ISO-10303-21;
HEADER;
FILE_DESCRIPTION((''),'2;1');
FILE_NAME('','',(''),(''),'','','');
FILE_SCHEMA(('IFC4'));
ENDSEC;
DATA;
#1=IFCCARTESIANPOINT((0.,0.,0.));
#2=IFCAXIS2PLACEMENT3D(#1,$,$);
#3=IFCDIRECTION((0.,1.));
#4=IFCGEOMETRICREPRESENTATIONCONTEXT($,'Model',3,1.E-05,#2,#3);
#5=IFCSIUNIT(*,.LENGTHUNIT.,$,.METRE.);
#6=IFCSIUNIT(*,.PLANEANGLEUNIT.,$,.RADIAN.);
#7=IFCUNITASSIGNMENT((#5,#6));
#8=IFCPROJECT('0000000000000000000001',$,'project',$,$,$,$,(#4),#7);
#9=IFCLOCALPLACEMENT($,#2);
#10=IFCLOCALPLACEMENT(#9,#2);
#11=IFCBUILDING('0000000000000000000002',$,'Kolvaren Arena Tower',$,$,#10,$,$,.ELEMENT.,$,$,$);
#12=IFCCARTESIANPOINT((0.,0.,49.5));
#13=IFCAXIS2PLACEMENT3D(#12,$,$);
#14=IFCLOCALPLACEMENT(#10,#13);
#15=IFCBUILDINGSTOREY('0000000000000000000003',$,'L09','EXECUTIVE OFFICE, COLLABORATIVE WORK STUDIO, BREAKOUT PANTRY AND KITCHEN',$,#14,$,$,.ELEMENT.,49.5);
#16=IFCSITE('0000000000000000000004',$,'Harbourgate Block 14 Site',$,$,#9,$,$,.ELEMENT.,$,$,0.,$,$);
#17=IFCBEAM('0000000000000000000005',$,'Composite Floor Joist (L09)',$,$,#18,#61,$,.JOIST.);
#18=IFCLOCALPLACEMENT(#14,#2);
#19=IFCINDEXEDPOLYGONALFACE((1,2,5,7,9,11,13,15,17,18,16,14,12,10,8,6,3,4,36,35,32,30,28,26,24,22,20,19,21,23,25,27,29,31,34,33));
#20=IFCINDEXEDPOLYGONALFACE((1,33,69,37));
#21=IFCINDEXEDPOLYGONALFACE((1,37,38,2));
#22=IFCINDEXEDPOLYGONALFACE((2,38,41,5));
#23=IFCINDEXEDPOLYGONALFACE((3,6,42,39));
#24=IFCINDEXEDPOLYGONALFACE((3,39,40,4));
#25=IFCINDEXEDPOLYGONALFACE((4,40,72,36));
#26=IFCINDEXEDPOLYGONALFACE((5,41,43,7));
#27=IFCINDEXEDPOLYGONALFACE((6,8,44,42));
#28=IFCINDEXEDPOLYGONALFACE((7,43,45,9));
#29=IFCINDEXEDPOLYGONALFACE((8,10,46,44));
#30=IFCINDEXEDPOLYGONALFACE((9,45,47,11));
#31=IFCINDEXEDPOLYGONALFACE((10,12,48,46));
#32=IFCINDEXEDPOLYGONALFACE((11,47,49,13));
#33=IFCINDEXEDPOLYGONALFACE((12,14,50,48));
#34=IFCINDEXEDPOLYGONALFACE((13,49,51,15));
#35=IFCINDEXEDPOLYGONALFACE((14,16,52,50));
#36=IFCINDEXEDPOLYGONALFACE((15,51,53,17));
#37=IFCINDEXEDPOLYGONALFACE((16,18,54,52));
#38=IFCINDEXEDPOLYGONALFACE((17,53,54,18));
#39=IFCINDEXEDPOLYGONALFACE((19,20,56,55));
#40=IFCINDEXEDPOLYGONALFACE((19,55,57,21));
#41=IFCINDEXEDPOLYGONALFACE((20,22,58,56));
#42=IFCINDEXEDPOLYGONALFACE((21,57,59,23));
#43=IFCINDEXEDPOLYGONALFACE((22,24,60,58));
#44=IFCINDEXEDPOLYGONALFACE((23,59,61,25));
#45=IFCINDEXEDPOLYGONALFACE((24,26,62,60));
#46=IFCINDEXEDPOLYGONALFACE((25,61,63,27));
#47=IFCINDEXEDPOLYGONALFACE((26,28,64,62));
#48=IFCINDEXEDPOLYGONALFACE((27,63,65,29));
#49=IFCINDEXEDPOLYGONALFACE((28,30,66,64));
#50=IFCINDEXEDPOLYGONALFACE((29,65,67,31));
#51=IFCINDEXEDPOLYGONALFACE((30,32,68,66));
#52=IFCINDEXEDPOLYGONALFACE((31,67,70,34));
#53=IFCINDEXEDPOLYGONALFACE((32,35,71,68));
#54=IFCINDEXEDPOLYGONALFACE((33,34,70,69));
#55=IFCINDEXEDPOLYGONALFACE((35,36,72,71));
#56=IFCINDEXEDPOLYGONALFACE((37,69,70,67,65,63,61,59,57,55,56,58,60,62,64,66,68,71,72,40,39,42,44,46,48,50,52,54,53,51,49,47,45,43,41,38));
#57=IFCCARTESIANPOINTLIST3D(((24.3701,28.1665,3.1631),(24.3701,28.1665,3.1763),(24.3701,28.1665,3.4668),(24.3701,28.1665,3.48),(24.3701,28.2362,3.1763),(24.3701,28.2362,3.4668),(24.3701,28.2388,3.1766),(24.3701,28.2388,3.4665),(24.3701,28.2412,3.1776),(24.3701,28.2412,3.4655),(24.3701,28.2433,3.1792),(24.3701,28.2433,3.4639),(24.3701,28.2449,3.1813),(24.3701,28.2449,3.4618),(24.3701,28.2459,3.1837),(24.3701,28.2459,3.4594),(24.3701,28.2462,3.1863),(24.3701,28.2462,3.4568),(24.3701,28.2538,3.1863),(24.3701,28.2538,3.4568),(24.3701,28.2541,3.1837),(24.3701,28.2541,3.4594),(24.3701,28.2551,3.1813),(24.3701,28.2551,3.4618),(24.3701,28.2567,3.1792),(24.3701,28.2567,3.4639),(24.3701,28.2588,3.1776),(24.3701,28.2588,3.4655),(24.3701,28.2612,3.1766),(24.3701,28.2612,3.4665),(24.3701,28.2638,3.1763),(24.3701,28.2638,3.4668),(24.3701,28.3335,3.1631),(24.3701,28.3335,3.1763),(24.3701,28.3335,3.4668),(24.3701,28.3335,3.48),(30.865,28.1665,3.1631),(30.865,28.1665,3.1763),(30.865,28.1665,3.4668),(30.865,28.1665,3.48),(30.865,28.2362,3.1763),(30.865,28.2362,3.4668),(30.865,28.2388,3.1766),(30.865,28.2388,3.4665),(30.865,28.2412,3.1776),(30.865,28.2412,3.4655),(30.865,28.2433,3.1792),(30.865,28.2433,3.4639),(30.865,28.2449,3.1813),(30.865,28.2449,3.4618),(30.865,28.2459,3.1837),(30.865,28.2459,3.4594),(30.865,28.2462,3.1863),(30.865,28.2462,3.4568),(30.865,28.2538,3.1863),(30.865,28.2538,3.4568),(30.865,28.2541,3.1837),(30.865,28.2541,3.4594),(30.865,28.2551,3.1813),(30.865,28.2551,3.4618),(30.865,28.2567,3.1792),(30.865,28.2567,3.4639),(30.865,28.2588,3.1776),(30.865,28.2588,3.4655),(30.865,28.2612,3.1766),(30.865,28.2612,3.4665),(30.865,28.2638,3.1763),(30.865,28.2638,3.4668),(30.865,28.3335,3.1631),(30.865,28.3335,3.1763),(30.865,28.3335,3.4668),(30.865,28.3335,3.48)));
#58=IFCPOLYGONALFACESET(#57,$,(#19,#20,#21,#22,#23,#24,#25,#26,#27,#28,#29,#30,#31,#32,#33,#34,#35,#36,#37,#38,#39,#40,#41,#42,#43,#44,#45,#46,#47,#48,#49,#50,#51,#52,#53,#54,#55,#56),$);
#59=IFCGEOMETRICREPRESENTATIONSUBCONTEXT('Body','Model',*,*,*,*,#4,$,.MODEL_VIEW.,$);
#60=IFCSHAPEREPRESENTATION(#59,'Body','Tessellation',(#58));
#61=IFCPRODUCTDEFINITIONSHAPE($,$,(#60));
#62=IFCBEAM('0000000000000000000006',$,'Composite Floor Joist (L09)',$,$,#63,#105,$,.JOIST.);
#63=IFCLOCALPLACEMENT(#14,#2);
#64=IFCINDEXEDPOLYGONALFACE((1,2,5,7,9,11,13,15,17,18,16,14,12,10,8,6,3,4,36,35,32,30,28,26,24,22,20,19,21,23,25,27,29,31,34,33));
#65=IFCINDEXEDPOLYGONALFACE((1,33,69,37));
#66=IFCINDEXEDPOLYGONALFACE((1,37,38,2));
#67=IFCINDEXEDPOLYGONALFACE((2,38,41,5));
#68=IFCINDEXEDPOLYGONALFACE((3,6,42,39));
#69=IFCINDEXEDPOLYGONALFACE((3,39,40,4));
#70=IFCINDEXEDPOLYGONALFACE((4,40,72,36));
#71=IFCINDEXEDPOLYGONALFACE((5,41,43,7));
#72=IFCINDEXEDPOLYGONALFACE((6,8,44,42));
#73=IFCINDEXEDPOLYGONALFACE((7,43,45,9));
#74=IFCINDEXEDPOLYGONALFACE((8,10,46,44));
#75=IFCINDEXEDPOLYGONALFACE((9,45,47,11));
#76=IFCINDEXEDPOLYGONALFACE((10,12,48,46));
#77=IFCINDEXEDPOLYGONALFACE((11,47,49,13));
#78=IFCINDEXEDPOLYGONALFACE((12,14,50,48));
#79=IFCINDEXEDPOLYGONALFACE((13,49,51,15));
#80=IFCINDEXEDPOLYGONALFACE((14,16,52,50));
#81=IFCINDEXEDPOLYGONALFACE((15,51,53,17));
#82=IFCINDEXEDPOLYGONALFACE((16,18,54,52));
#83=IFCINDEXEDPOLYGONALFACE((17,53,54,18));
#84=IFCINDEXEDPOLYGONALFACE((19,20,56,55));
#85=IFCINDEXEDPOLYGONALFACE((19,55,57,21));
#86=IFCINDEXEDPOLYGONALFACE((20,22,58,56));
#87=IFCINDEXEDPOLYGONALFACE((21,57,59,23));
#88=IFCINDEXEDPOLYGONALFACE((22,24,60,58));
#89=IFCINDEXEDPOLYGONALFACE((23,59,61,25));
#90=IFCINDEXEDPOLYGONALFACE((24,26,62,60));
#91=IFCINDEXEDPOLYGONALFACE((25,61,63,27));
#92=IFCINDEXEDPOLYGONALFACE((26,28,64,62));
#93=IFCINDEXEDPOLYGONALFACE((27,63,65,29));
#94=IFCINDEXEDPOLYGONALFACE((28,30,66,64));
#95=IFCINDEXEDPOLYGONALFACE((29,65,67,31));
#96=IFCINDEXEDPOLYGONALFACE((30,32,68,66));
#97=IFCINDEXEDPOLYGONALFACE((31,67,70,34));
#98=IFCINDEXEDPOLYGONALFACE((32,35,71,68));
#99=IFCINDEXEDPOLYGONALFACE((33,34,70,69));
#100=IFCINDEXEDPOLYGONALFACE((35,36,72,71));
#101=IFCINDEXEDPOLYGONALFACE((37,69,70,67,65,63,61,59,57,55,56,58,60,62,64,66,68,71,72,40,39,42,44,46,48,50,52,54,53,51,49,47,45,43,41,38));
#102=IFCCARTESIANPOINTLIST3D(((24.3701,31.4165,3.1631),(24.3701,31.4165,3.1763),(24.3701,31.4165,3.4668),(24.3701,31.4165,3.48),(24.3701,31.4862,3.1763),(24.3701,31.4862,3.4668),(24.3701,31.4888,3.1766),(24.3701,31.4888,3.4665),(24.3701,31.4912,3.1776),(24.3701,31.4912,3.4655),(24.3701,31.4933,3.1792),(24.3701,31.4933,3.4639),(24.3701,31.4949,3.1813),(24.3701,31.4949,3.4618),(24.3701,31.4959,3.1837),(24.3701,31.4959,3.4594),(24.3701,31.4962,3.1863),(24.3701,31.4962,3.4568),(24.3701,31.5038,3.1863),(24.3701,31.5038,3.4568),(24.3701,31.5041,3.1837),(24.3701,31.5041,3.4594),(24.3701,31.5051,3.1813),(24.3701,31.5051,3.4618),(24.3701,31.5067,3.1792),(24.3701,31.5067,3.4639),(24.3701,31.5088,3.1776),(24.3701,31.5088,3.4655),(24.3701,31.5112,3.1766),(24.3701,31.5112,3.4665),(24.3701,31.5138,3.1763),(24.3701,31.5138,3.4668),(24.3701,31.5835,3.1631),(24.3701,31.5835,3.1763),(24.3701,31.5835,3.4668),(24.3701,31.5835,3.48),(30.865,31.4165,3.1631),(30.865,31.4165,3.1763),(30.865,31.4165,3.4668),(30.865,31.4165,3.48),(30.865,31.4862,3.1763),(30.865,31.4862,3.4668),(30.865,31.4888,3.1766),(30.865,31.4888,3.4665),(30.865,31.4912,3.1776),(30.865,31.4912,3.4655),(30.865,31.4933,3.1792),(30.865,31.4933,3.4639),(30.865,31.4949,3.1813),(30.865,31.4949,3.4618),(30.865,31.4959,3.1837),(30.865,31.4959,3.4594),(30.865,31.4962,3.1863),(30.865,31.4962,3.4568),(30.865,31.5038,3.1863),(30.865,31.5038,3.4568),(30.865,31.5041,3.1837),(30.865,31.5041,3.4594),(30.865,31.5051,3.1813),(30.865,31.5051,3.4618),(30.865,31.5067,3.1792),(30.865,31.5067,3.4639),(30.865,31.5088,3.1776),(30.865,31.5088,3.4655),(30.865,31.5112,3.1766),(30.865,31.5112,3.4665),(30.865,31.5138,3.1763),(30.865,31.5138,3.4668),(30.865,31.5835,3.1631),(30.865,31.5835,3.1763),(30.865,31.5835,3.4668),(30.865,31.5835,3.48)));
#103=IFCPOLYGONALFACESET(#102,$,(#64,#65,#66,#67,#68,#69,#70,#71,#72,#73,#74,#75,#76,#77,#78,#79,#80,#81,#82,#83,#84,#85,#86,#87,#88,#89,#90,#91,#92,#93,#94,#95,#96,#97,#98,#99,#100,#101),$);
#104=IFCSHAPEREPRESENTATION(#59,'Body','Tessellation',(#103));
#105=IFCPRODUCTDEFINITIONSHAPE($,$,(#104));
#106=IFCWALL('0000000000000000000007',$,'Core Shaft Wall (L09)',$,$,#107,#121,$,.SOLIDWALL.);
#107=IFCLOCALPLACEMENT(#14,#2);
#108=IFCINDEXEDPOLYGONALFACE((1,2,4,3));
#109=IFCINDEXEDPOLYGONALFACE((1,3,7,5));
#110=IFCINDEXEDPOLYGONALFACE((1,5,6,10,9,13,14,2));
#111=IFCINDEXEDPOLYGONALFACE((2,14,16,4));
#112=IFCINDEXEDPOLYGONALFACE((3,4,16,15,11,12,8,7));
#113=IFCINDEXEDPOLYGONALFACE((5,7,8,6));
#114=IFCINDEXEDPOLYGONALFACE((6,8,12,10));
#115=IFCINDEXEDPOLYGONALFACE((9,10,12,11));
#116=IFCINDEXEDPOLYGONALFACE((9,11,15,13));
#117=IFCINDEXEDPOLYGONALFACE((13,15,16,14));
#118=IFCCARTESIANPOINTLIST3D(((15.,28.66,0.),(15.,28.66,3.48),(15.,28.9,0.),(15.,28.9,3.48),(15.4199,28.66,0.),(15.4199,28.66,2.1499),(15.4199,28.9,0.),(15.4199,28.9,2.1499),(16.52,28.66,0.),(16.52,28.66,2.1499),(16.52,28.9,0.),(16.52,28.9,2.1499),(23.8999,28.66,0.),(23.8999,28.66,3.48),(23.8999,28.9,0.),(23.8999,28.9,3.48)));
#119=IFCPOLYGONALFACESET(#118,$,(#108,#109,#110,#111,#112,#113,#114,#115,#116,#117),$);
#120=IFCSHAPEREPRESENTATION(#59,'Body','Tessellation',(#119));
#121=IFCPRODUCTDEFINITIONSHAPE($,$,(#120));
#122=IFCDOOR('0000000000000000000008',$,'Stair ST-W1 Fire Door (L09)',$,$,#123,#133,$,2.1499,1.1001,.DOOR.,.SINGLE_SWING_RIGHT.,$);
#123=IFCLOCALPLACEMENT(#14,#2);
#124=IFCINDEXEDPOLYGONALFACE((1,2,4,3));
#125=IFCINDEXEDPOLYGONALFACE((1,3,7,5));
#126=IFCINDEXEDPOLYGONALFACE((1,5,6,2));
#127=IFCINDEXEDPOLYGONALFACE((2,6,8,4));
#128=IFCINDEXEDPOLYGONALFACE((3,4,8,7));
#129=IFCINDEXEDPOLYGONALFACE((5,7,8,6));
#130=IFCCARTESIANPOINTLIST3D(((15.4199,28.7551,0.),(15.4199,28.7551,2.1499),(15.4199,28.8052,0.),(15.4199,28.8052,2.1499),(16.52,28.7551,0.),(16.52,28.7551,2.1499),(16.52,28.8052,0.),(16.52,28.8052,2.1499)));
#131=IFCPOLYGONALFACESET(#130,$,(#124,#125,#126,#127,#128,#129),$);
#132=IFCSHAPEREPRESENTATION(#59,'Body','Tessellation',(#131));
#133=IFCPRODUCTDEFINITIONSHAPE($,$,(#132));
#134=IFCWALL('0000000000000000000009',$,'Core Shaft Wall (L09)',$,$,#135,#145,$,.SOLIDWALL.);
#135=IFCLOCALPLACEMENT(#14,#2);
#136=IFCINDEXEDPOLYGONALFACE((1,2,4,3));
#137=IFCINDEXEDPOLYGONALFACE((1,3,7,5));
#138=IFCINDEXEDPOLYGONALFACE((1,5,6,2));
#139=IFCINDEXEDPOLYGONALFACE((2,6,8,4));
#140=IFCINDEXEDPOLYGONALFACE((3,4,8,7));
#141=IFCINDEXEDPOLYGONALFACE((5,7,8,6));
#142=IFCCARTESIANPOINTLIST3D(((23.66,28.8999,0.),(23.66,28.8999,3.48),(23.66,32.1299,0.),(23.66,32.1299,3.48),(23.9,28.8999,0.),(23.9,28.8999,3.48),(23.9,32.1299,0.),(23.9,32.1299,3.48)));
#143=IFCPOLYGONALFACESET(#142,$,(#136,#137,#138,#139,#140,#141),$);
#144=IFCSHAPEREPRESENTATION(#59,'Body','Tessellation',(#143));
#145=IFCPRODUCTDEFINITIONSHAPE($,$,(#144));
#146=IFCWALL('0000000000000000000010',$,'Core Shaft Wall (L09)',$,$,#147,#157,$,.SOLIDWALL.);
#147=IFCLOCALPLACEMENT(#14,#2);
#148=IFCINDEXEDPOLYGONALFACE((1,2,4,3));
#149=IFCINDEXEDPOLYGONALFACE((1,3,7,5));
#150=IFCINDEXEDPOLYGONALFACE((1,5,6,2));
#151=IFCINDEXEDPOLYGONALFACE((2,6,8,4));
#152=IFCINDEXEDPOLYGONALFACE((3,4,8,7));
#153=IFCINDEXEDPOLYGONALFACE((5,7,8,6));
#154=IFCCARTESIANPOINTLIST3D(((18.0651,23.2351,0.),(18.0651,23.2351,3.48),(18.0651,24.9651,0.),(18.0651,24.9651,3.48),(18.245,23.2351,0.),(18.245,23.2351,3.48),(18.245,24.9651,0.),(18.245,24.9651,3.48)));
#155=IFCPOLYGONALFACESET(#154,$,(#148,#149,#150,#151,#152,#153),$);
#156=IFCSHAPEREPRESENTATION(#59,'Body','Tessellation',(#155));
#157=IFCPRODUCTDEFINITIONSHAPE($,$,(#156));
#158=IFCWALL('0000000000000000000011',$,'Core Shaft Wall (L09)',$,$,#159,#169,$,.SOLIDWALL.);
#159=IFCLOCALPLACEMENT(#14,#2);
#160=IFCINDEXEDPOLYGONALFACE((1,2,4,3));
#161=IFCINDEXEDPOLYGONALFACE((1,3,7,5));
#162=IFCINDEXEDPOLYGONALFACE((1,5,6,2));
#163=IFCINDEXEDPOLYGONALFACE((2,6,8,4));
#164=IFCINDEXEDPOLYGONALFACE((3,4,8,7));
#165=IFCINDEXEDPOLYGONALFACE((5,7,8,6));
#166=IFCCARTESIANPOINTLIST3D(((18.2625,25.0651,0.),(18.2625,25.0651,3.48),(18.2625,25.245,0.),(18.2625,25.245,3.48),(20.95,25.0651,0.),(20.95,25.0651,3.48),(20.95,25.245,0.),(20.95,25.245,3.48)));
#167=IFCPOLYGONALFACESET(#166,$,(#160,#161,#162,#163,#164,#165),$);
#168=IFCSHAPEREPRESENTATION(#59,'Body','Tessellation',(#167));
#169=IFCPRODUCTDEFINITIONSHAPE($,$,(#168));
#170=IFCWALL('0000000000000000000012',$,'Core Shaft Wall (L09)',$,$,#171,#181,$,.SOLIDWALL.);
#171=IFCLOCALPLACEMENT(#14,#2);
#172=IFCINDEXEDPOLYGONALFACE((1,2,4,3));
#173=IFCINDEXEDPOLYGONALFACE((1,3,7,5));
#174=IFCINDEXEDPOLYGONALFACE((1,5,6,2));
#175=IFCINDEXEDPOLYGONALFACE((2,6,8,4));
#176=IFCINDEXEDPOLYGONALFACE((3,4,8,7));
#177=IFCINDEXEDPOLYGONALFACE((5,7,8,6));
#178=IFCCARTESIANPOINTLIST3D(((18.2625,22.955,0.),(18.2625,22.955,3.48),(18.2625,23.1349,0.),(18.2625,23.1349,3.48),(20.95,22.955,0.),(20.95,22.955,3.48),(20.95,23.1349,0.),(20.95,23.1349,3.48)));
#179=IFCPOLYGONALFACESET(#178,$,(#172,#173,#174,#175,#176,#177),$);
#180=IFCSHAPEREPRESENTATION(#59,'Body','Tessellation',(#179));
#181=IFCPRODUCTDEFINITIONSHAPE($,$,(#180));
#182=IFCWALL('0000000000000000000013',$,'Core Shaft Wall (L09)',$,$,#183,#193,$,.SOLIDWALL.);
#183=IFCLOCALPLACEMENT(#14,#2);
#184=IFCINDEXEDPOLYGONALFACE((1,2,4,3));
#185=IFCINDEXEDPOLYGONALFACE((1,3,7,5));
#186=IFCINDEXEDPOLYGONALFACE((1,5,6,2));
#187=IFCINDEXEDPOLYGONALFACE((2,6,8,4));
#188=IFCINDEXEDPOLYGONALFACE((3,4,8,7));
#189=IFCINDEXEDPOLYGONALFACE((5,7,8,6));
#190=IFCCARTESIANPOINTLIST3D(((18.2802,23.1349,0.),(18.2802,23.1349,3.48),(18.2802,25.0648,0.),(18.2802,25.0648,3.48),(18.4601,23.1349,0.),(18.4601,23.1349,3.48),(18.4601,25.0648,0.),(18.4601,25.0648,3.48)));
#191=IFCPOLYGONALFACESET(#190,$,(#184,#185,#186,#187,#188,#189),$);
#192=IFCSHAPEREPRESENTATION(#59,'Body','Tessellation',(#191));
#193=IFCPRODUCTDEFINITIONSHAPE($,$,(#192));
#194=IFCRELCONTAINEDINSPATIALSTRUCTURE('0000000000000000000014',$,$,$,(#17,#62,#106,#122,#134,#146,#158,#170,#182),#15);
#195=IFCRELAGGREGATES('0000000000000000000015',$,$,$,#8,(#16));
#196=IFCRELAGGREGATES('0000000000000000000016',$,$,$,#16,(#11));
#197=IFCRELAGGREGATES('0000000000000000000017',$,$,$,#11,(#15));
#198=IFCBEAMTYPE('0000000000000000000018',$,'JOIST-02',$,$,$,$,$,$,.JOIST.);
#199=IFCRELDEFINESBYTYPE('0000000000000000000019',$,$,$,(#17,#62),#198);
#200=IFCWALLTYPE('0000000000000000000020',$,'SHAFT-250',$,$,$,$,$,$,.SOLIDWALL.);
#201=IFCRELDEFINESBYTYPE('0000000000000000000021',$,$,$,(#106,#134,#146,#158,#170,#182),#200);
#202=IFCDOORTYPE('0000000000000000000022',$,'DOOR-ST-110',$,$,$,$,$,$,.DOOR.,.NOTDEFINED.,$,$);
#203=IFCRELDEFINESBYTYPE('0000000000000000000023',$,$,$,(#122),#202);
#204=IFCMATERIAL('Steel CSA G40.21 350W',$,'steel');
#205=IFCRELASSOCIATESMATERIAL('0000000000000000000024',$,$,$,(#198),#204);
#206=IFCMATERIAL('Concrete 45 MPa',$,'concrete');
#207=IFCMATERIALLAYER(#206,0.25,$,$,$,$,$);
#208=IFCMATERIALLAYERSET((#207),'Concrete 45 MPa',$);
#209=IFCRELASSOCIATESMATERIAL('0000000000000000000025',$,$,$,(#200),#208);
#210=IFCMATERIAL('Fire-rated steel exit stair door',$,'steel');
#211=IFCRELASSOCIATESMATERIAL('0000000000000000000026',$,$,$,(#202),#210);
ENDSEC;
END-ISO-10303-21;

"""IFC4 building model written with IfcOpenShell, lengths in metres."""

from ifc_helpers import new_model, si_unit, direction, frame, frame_2d, origin, origin_2d, place, context, subcontext, project, spatial, rectangle, i_section, extrude, material, layer, layer_set, material_profile, profile_set, type_object, element, fill, save


model = new_model("IFC4")

# Units and contexts
model_context = context("Model", 3, precision=1e-05, world=origin(), true_north=direction((0.0, 1.0)))
body_context = subcontext(model_context, "Body", "Model", "MODEL_VIEW")
ifc_project = project(units=[si_unit("LENGTHUNIT", "METRE"), si_unit("PLANEANGLEUNIT", "RADIAN")], contexts=[model_context])

# Site, building, storey
site_placement = place(None, origin())
site = spatial("IfcSite", under=ifc_project, at=site_placement, Name="Harbourgate Block 14 Site", CompositionType="ELEMENT", RefElevation=0.0)
building_placement = place(site_placement, origin())
building = spatial("IfcBuilding", under=site, at=building_placement, Name="Kolvaren Arena Tower", CompositionType="ELEMENT")
storey_placement = place(building_placement, frame((0.0, 0.0, 49.5)))
storey = spatial("IfcBuildingStorey", under=building, at=storey_placement, Name="L09", Description="EXECUTIVE OFFICE, COLLABORATIVE WORK STUDIO, BREAKOUT PANTRY AND KITCHEN", CompositionType="ELEMENT", Elevation=49.5)

# Beams
ifc_material_1 = material(Name="Steel CSA G40.21 350W", Category="steel")
ifc_material_profile_1 = material_profile(ifc_material_1, i_section(OverallWidth=0.167, OverallDepth=0.3169, WebThickness=0.0076, FlangeThickness=0.0132, FilletRadius=0.01, at=origin_2d()), Name="W310x52")
ifc_profile_set_1 = profile_set([ifc_material_profile_1], Name="Steel CSA G40.21 350W")
beam_type_1 = type_object("IfcBeamType", Name="JOIST-02", PredefinedType="JOIST", material=ifc_profile_set_1)
for number, where, z_axis, x_axis, name in (
    (1, (24.3701, 28.25, 3.3215), (1.0, 0.0, 0.0), (0.0, 1.0, 0.0), "Composite Floor Joist (L09)"),
    (2, (24.3701, 31.5, 3.3215), (1.0, 0.0, 0.0), (0.0, 1.0, 0.0), "Composite Floor Joist (L09)"),
):
    element("IfcBeam", number, at=place(storey_placement, frame(where, z_axis=z_axis, x_axis=x_axis)), inside=storey, type_object=beam_type_1, Name=name, PredefinedType="JOIST", context=body_context, shape_type="SweptSolid", body=[
        extrude(i_section(OverallWidth=0.167, OverallDepth=0.3169, WebThickness=0.0076, FlangeThickness=0.0132, FilletRadius=0.01, at=origin_2d()), origin(), (0.0, 0.0, 1.0), 6.4949),
    ])

# Wall, opening, door
ifc_material_2 = material(Name="Concrete 45 MPa", Category="concrete")
ifc_layer = layer(ifc_material_2, 0.25)
ifc_layer_set = layer_set([ifc_layer], Name="Concrete 45 MPa")
wall_type = type_object("IfcWallType", Name="SHAFT-250", PredefinedType="SOLIDWALL", material=ifc_layer_set)
wall_1_placement = place(storey_placement, frame((23.8999, 28.78, 0.0), z_axis=(0.0, 0.0, 1.0), x_axis=(-1.0, 0.0, 0.0)))
wall_1 = element("IfcWall", 3, at=wall_1_placement, inside=storey, type_object=wall_type, Name="Core Shaft Wall (L09)", PredefinedType="SOLIDWALL", context=body_context, shape_type="SweptSolid", body=[
    extrude(rectangle(XDim=8.8999, YDim=0.24, at=frame_2d((4.45, 0.0))), origin(), (0.0, 0.0, 1.0), 3.48),
])
opening_placement = place(wall_1_placement, frame((7.3799, 0.0, 0.0)))
opening = element("IfcOpeningElement", 4, at=opening_placement, cuts=wall_1, PredefinedType="OPENING", context=body_context, shape_type="SweptSolid", body=[
    extrude(rectangle(XDim=1.1001, YDim=2.1499, at=frame_2d((0.55, 1.075))), frame((0.0, 0.1299, 0.0), z_axis=(0.0, -1.0, 0.0), x_axis=(1.0, 0.0, 0.0)), (0.0, 0.0, 1.0), 0.26),
])
ifc_material_3 = material(Name="Fire-rated steel exit stair door", Category="steel")
door_type = type_object("IfcDoorType", Name="DOOR-ST-110", OperationType="NOTDEFINED", PredefinedType="DOOR", material=ifc_material_3)
door_placement = place(opening_placement, origin())
door = element("IfcDoor", 5, at=door_placement, inside=storey, type_object=door_type, Name="Stair ST-W1 Fire Door (L09)", OperationType="SINGLE_SWING_RIGHT", OverallHeight=2.1499, OverallWidth=1.1001, PredefinedType="DOOR", context=body_context, shape_type="SweptSolid", body=[
    extrude(rectangle(XDim=1.1001, YDim=2.1499, at=frame_2d((0.55, 1.075))), frame((0.0, 0.0249, 0.0), z_axis=(0.0, -1.0, 0.0), x_axis=(1.0, 0.0, 0.0)), (0.0, 0.0, 1.0), 0.05),
])
fill(opening, door)

# Walls
wall_2_placement = place(storey_placement, frame((23.78, 28.8999, 0.0), z_axis=(0.0, 0.0, 1.0), x_axis=(0.0, 1.0, 0.0)))
element("IfcWall", 6, at=wall_2_placement, inside=storey, type_object=wall_type, Name="Core Shaft Wall (L09)", PredefinedType="SOLIDWALL", context=body_context, shape_type="SweptSolid", body=[
    extrude(rectangle(XDim=3.23, YDim=0.24, at=frame_2d((1.615, 0.0))), origin(), (0.0, 0.0, 1.0), 3.48),
])
wall_3_placement = place(storey_placement, frame((18.155, 23.2351, 0.0), z_axis=(0.0, 0.0, 1.0), x_axis=(0.0, 1.0, 0.0)))
element("IfcWall", 7, at=wall_3_placement, inside=storey, type_object=wall_type, Name="Core Shaft Wall (L09)", PredefinedType="SOLIDWALL", context=body_context, shape_type="SweptSolid", body=[
    extrude(rectangle(XDim=1.73, YDim=0.1799, at=frame_2d((0.865, 0.0))), origin(), (0.0, 0.0, 1.0), 3.48),
])
for number, where, z_axis, x_axis, name in (
    (8, (18.2625, 25.155, 0.0), (0.0, 0.0, 1.0), (1.0, 0.0, 0.0), "Core Shaft Wall (L09)"),
    (9, (18.2625, 23.0449, 0.0), (0.0, 0.0, 1.0), (1.0, 0.0, 0.0), "Core Shaft Wall (L09)"),
):
    element("IfcWall", number, at=place(storey_placement, frame(where, z_axis=z_axis, x_axis=x_axis)), inside=storey, type_object=wall_type, Name=name, PredefinedType="SOLIDWALL", context=body_context, shape_type="SweptSolid", body=[
        extrude(rectangle(XDim=2.6875, YDim=0.1799, at=frame_2d((1.3438, 0.0))), origin(), (0.0, 0.0, 1.0), 3.48),
    ])
for number, where, z_axis, x_axis, name in (
    (10, (18.3701, 23.135, 0.0), (0.0, 0.0, 1.0), (0.0, 1.0, 0.0), "Core Shaft Wall (L09)"),
):
    element("IfcWall", number, at=place(storey_placement, frame(where, z_axis=z_axis, x_axis=x_axis)), inside=storey, type_object=wall_type, Name=name, PredefinedType="SOLIDWALL", context=body_context, shape_type="SweptSolid", body=[
        extrude(rectangle(XDim=1.9299, YDim=0.1799, at=frame_2d((0.9648, 0.0))), origin(), (0.0, 0.0, 1.0), 3.48),
    ])

save(model, "model.ifc")
